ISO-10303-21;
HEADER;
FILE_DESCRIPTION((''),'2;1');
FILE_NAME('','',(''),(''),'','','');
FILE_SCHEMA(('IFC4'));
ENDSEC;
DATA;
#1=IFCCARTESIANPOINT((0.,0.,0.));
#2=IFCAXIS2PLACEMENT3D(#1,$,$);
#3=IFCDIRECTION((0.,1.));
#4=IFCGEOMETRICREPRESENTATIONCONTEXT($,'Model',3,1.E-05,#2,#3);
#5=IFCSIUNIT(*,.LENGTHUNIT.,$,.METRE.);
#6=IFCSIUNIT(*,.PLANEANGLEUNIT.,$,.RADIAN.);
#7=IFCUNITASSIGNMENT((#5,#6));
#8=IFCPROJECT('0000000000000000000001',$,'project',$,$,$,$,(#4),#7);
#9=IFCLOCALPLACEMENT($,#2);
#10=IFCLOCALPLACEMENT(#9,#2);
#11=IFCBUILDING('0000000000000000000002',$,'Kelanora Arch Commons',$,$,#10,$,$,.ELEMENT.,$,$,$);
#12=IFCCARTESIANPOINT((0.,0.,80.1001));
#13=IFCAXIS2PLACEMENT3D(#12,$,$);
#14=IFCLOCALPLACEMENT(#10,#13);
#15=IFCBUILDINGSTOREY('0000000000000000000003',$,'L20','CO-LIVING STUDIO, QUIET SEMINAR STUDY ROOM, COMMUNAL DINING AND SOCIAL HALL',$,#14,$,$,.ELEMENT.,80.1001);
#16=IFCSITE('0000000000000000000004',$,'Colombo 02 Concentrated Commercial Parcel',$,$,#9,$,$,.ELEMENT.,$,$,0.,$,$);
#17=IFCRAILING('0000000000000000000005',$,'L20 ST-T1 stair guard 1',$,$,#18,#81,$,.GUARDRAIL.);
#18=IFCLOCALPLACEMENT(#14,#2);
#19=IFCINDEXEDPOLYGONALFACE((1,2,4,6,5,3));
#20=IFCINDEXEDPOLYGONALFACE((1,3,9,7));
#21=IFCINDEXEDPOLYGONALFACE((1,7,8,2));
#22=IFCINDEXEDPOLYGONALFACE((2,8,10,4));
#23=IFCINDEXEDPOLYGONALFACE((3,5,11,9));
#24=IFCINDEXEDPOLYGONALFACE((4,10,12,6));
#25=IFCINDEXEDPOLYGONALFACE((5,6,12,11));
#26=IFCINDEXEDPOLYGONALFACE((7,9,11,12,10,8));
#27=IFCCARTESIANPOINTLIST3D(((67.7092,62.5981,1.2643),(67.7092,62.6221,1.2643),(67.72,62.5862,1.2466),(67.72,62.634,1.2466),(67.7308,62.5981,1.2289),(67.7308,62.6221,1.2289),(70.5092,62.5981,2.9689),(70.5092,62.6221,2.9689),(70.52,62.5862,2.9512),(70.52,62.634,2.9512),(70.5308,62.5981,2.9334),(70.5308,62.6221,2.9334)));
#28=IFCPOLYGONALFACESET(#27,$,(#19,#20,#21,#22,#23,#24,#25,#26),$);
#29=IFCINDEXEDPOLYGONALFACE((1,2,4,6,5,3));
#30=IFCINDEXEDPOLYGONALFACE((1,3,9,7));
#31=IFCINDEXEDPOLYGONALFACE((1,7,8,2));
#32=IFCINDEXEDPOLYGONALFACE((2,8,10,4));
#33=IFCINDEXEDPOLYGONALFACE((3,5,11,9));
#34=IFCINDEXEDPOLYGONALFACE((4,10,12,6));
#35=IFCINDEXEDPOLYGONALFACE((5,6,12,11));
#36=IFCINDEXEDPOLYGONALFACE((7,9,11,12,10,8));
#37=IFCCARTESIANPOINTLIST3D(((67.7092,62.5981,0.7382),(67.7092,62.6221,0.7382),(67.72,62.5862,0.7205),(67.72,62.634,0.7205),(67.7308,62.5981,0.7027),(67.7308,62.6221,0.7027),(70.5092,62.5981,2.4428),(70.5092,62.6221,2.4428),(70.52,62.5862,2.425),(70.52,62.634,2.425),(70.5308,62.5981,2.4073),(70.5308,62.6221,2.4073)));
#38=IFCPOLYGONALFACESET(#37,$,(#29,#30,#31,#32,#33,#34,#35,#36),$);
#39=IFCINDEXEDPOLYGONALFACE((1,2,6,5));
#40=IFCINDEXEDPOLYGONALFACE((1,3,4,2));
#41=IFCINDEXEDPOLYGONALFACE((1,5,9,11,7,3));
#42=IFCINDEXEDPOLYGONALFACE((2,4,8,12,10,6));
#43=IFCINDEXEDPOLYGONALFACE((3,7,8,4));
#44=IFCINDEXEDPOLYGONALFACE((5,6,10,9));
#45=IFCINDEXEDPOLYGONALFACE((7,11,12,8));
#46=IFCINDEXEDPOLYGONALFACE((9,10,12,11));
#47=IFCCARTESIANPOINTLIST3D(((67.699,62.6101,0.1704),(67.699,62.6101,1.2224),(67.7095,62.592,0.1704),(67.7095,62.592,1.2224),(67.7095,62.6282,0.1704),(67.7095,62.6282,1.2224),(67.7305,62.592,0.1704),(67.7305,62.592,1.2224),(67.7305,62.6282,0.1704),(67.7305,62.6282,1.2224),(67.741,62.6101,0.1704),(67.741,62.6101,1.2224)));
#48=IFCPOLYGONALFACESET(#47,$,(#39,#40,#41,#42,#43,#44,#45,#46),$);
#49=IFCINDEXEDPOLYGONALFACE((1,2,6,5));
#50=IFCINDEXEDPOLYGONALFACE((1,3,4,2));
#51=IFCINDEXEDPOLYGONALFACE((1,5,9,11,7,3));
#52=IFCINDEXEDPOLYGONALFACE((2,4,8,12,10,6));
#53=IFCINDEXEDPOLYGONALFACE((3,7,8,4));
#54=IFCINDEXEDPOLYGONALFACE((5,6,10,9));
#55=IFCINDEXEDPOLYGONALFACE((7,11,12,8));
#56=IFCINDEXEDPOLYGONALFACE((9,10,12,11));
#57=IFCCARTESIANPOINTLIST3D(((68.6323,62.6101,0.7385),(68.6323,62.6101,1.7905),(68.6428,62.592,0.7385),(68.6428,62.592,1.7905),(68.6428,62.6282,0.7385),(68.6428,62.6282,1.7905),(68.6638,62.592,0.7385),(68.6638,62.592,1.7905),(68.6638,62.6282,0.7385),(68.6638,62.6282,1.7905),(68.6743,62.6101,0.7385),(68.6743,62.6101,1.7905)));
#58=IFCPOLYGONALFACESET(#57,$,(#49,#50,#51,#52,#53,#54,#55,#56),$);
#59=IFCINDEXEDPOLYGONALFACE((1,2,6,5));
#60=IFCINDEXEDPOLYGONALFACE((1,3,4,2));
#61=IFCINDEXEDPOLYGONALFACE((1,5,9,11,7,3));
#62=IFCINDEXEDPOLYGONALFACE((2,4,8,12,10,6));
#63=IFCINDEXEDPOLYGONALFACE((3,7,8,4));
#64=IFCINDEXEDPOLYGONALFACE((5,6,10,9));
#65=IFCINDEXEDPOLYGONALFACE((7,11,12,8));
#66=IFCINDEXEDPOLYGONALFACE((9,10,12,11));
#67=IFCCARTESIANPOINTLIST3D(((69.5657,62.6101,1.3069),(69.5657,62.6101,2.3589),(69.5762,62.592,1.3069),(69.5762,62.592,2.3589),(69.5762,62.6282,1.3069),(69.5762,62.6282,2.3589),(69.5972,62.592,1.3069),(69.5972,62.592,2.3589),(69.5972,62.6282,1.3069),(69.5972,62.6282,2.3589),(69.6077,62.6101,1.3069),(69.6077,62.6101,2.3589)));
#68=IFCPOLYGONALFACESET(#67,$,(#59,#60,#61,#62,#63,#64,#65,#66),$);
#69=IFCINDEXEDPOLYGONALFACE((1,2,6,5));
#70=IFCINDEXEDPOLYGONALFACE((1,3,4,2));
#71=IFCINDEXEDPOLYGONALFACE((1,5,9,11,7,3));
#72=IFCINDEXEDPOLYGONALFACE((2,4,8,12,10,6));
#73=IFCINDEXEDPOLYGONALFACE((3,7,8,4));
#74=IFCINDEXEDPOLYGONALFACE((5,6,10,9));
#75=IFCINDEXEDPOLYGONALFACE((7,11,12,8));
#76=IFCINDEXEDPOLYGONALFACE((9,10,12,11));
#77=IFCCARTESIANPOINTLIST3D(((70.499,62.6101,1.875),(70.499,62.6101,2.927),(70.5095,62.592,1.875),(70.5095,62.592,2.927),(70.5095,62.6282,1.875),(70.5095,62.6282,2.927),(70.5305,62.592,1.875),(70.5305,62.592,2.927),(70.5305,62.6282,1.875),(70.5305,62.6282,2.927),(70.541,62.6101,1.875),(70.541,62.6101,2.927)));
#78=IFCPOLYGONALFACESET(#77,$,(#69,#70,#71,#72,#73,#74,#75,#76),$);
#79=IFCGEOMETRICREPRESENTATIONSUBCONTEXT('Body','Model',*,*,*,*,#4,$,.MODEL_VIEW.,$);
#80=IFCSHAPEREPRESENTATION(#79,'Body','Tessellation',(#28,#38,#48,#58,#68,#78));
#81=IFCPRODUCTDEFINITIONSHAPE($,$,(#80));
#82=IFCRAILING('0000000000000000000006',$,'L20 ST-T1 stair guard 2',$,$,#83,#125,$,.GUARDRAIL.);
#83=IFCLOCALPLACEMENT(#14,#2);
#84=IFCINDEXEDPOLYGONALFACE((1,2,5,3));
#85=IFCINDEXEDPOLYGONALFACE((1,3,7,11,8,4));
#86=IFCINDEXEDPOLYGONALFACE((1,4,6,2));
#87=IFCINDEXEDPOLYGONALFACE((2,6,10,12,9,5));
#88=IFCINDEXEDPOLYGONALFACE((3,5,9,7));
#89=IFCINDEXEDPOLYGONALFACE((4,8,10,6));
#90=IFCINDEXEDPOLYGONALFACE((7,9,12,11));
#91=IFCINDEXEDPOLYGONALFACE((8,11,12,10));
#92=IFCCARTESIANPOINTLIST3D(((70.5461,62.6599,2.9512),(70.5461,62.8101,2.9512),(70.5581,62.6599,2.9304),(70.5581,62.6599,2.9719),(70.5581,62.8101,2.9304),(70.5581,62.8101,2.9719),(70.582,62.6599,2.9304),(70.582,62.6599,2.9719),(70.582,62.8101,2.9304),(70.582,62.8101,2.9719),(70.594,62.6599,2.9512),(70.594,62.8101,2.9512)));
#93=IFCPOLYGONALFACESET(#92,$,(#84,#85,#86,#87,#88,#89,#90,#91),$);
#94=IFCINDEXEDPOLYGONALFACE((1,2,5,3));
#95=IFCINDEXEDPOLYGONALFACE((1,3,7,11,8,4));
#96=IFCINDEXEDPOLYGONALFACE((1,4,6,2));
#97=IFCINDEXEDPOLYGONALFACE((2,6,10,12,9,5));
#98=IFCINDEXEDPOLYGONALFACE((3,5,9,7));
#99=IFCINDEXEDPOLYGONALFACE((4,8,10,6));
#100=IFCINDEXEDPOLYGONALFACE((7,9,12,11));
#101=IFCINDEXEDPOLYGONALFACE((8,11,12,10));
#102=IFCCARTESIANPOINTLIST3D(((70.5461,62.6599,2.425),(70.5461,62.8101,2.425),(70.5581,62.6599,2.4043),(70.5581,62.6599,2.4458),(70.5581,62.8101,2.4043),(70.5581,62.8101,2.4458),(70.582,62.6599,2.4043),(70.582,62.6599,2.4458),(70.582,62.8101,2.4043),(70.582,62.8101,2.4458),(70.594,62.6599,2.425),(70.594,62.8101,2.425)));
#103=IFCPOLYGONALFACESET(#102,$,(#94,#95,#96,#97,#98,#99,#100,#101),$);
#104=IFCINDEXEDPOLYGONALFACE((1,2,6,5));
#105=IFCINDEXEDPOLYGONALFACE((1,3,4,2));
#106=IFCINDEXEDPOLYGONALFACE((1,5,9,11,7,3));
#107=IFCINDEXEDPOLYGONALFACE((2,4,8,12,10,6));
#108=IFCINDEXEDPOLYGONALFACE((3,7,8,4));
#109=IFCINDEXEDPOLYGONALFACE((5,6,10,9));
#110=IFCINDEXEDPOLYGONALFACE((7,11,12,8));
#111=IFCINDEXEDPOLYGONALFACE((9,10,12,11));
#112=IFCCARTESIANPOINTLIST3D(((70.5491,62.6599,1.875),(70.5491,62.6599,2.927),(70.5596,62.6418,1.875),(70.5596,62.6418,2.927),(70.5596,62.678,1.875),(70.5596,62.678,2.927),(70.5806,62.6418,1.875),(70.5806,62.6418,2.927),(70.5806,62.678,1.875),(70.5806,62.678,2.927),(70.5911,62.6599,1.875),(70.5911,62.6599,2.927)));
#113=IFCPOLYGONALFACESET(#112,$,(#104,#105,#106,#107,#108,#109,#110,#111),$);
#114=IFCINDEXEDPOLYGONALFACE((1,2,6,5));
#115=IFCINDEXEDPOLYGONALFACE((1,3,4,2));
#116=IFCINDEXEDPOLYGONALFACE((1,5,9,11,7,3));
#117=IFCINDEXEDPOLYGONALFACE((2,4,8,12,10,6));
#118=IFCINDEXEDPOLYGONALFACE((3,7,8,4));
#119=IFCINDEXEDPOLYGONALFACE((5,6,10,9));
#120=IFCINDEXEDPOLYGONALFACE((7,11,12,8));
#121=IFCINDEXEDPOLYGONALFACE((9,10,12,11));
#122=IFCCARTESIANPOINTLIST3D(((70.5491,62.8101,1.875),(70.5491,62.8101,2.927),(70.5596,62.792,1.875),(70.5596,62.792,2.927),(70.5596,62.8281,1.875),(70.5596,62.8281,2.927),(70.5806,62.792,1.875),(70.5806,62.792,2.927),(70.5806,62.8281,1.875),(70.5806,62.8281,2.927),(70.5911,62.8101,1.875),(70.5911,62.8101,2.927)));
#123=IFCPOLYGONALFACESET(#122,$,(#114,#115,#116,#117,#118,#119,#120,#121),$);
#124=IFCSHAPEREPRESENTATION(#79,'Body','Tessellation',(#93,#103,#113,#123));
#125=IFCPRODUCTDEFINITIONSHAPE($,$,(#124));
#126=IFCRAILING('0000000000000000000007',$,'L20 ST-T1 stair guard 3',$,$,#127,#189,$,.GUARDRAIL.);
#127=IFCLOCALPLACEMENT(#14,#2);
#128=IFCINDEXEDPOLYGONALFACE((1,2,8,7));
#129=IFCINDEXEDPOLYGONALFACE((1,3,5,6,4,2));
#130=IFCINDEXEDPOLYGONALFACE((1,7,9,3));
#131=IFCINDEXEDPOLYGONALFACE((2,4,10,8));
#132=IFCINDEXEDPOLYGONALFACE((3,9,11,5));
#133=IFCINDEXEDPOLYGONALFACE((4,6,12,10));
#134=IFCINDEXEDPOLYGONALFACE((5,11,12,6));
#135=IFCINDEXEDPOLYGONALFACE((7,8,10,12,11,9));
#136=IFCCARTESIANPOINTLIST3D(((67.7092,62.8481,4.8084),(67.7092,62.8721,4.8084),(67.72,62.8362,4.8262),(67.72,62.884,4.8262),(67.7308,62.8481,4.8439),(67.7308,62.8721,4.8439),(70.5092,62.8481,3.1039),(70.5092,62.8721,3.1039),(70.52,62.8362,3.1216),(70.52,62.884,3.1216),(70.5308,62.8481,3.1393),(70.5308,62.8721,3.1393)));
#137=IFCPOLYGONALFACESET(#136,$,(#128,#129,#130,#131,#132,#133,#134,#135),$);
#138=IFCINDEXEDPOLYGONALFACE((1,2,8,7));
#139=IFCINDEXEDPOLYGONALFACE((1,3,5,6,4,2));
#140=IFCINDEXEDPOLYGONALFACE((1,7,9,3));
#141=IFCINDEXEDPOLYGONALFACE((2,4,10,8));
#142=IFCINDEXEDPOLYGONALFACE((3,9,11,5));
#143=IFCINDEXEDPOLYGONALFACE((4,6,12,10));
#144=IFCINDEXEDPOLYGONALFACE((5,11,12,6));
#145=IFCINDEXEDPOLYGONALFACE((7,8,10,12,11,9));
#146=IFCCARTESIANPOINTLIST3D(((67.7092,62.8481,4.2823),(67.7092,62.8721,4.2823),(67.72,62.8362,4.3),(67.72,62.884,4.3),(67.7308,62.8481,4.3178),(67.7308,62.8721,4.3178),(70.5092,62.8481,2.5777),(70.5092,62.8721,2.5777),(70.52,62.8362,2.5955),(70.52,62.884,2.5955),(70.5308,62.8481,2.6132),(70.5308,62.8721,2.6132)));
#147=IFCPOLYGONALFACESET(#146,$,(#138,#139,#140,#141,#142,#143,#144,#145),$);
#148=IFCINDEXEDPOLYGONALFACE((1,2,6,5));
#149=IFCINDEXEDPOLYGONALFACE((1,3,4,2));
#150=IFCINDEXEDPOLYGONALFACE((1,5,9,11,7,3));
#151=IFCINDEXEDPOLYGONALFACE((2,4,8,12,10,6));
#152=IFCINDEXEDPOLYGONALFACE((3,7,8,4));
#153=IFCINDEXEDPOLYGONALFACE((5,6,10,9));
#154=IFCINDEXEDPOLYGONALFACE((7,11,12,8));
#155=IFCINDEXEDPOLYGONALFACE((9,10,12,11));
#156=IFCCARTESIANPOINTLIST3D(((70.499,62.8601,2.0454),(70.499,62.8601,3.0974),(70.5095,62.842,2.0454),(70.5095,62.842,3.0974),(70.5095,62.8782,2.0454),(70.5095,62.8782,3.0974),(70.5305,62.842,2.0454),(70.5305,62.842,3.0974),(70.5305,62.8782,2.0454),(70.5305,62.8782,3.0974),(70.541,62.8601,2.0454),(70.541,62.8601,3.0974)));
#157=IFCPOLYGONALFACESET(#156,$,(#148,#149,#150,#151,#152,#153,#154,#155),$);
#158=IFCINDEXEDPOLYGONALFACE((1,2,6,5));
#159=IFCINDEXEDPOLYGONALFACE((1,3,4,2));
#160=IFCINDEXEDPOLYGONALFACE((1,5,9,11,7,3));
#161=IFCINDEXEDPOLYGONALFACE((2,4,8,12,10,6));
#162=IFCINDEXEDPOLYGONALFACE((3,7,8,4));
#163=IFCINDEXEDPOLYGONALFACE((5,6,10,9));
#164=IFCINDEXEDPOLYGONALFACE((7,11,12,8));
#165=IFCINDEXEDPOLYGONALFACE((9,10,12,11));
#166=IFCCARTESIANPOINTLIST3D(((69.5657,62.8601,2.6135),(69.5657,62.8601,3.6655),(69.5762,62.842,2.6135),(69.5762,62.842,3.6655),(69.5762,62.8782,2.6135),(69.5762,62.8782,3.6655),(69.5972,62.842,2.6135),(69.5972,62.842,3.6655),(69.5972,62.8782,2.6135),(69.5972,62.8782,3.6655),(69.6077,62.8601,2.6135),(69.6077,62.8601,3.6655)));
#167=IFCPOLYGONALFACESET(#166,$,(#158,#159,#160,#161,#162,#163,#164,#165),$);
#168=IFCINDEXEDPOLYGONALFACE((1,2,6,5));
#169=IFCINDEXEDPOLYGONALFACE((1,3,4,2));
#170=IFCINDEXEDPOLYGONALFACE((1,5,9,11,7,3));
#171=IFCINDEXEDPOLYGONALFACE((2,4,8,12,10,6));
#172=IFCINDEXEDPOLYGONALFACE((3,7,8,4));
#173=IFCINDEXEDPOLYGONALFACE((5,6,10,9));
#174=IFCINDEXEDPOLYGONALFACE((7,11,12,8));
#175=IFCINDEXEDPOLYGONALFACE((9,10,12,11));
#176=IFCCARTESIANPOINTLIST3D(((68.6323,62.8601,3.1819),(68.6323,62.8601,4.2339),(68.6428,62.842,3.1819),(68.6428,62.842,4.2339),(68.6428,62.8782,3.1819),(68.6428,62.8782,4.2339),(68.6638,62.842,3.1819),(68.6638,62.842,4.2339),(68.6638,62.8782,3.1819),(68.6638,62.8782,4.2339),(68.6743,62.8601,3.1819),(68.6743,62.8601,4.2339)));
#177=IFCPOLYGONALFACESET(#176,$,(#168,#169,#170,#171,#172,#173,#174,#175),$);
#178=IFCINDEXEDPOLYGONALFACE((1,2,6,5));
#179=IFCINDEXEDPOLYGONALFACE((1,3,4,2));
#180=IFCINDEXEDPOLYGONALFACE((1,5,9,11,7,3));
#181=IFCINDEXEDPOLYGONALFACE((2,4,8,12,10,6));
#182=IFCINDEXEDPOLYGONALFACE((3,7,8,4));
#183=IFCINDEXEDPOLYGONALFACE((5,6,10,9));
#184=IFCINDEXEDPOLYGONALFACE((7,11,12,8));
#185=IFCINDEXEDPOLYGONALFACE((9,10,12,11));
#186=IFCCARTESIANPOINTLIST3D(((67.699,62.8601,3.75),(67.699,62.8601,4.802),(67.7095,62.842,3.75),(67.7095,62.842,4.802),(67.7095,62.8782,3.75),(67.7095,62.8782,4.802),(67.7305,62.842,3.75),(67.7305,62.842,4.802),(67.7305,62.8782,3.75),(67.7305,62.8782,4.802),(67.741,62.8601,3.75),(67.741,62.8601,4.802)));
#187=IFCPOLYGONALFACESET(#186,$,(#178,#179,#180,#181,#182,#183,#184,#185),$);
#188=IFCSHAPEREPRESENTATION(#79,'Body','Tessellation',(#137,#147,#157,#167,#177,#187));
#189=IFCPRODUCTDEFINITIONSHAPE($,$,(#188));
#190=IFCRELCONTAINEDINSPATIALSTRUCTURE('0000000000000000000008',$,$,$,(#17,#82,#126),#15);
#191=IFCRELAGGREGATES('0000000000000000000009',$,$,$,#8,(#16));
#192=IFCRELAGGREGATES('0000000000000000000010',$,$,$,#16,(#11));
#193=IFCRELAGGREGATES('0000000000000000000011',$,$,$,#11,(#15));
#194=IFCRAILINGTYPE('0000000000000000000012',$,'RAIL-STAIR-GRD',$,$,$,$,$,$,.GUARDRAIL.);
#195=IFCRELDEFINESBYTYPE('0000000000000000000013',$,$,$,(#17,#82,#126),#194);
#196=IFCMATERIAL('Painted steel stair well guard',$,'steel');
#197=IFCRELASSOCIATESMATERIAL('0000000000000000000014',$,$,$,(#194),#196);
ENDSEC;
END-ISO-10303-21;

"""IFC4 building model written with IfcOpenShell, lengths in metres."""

from ifc_helpers import new_model, si_unit, direction, frame, origin, place, context, subcontext, project, spatial, polyline, outline, extrude, material, type_object, element, save


model = new_model("IFC4")

# Units and contexts
model_context = context("Model", 3, precision=1e-05, world=origin(), true_north=direction((0.0, 1.0)))
body_context = subcontext(model_context, "Body", "Model", "MODEL_VIEW")
ifc_project = project(units=[si_unit("LENGTHUNIT", "METRE"), si_unit("PLANEANGLEUNIT", "RADIAN")], contexts=[model_context])

# Site, building, storey
site_placement = place(None, origin())
site = spatial("IfcSite", under=ifc_project, at=site_placement, Name="Colombo 02 Concentrated Commercial Parcel", CompositionType="ELEMENT", RefElevation=0.0)
building_placement = place(site_placement, origin())
building = spatial("IfcBuilding", under=site, at=building_placement, Name="Kelanora Arch Commons", CompositionType="ELEMENT")
storey_placement = place(building_placement, frame((0.0, 0.0, 80.1001)))
storey = spatial("IfcBuildingStorey", under=building, at=storey_placement, Name="L20", Description="CO-LIVING STUDIO, QUIET SEMINAR STUDY ROOM, COMMUNAL DINING AND SOCIAL HALL", CompositionType="ELEMENT", Elevation=80.1001)

# Railings
ifc_material_1 = material(Name="Painted steel stair well guard", Category="steel")
railing_type_1 = type_object("IfcRailingType", Name="RAIL-STAIR-GRD", PredefinedType="GUARDRAIL", material=ifc_material_1)
railing_1_placement = place(storey_placement, frame((67.72, 62.6101, 0.1704)))
element("IfcRailing", 1, at=railing_1_placement, inside=storey, type_object=railing_type_1, Name="L20 ST-T1 stair guard 1", PredefinedType="GUARDRAIL", context=body_context, shape_type="SweptSolid", body=[
    extrude(outline(polyline([(0.0239, 0.0), (0.012, 0.0208), (-0.012, 0.0208), (-0.0239, 0.0), (-0.012, -0.0208), (0.012, -0.0208), (0.0239, 0.0)])), frame((0.0, 0.0, 1.0762), z_axis=(0.85417, 0.0, 0.519994), x_axis=(0.0, 1.0, 0.0)), (0.0, 0.0, 1.0), 3.2781),
    extrude(outline(polyline([(0.0239, 0.0), (0.012, 0.0208), (-0.012, 0.0208), (-0.0239, 0.0), (-0.012, -0.0208), (0.012, -0.0208), (0.0239, 0.0)])), frame((0.0, 0.0, 0.55), z_axis=(0.85417, 0.0, 0.519994), x_axis=(0.0, 1.0, 0.0)), (0.0, 0.0, 1.0), 3.2781),
    extrude(outline(polyline([(0.021, 0.0), (0.0105, 0.0181), (-0.0105, 0.0181), (-0.021, 0.0), (-0.0105, -0.0181), (0.0105, -0.0181), (0.021, 0.0)])), origin(), (0.0, 0.0, 1.0), 1.052),
    extrude(outline(polyline([(0.021, 0.0), (0.0105, 0.0181), (-0.0105, 0.0181), (-0.021, 0.0), (-0.0105, -0.0181), (0.0105, -0.0181), (0.021, 0.0)])), frame((0.9333, 0.0, 0.5681)), (0.0, 0.0, 1.0), 1.052),
    extrude(outline(polyline([(0.021, 0.0), (0.0105, 0.0181), (-0.0105, 0.0181), (-0.021, 0.0), (-0.0105, -0.0181), (0.0105, -0.0181), (0.021, 0.0)])), frame((1.8667, 0.0, 1.1365)), (0.0, 0.0, 1.0), 1.052),
    extrude(outline(polyline([(0.021, 0.0), (0.0105, 0.0181), (-0.0105, 0.0181), (-0.021, 0.0), (-0.0105, -0.0181), (0.0105, -0.0181), (0.021, 0.0)])), frame((2.8, 0.0, 1.7046)), (0.0, 0.0, 1.0), 1.052),
])
railing_2_placement = place(storey_placement, frame((70.5701, 62.6599, 1.875)))
element("IfcRailing", 2, at=railing_2_placement, inside=storey, type_object=railing_type_1, Name="L20 ST-T1 stair guard 2", PredefinedType="GUARDRAIL", context=body_context, shape_type="SweptSolid", body=[
    extrude(outline(polyline([(0.0239, 0.0), (0.012, 0.0208), (-0.012, 0.0208), (-0.0239, 0.0), (-0.012, -0.0208), (0.012, -0.0208), (0.0239, 0.0)])), frame((0.0, 0.0, 1.0762), z_axis=(0.0, 1.0, 0.0), x_axis=(-1.0, 0.0, 0.0)), (0.0, 0.0, 1.0), 0.1501),
    extrude(outline(polyline([(0.0239, 0.0), (0.012, 0.0208), (-0.012, 0.0208), (-0.0239, 0.0), (-0.012, -0.0208), (0.012, -0.0208), (0.0239, 0.0)])), frame((0.0, 0.0, 0.55), z_axis=(0.0, 1.0, 0.0), x_axis=(-1.0, 0.0, 0.0)), (0.0, 0.0, 1.0), 0.1501),
    extrude(outline(polyline([(0.021, 0.0), (0.0105, 0.0181), (-0.0105, 0.0181), (-0.021, 0.0), (-0.0105, -0.0181), (0.0105, -0.0181), (0.021, 0.0)])), origin(), (0.0, 0.0, 1.0), 1.052),
    extrude(outline(polyline([(0.021, 0.0), (0.0105, 0.0181), (-0.0105, 0.0181), (-0.021, 0.0), (-0.0105, -0.0181), (0.0105, -0.0181), (0.021, 0.0)])), frame((0.0, 0.1501, 0.0)), (0.0, 0.0, 1.0), 1.052),
])
railing_3_placement = place(storey_placement, frame((70.52, 62.8601, 2.0454)))
element("IfcRailing", 3, at=railing_3_placement, inside=storey, type_object=railing_type_1, Name="L20 ST-T1 stair guard 3", PredefinedType="GUARDRAIL", context=body_context, shape_type="SweptSolid", body=[
    extrude(outline(polyline([(0.0239, 0.0), (0.012, 0.0208), (-0.012, 0.0208), (-0.0239, 0.0), (-0.012, -0.0208), (0.012, -0.0208), (0.0239, 0.0)])), frame((0.0, 0.0, 1.0762), z_axis=(-0.85417, 0.0, 0.519994), x_axis=(0.0, -1.0, 0.0)), (0.0, 0.0, 1.0), 3.2781),
    extrude(outline(polyline([(0.0239, 0.0), (0.012, 0.0208), (-0.012, 0.0208), (-0.0239, 0.0), (-0.012, -0.0208), (0.012, -0.0208), (0.0239, 0.0)])), frame((0.0, 0.0, 0.55), z_axis=(-0.85417, 0.0, 0.519994), x_axis=(0.0, -1.0, 0.0)), (0.0, 0.0, 1.0), 3.2781),
    extrude(outline(polyline([(0.021, 0.0), (0.0105, 0.0181), (-0.0105, 0.0181), (-0.021, 0.0), (-0.0105, -0.0181), (0.0105, -0.0181), (0.021, 0.0)])), origin(), (0.0, 0.0, 1.0), 1.052),
    extrude(outline(polyline([(0.021, 0.0), (0.0105, 0.0181), (-0.0105, 0.0181), (-0.021, 0.0), (-0.0105, -0.0181), (0.0105, -0.0181), (0.021, 0.0)])), frame((-0.9333, 0.0, 0.5681)), (0.0, 0.0, 1.0), 1.052),
    extrude(outline(polyline([(0.021, 0.0), (0.0105, 0.0181), (-0.0105, 0.0181), (-0.021, 0.0), (-0.0105, -0.0181), (0.0105, -0.0181), (0.021, 0.0)])), frame((-1.8667, 0.0, 1.1365)), (0.0, 0.0, 1.0), 1.052),
    extrude(outline(polyline([(0.021, 0.0), (0.0105, 0.0181), (-0.0105, 0.0181), (-0.021, 0.0), (-0.0105, -0.0181), (0.0105, -0.0181), (0.021, 0.0)])), frame((-2.8, 0.0, 1.7046)), (0.0, 0.0, 1.0), 1.052),
])

save(model, "model.ifc")
